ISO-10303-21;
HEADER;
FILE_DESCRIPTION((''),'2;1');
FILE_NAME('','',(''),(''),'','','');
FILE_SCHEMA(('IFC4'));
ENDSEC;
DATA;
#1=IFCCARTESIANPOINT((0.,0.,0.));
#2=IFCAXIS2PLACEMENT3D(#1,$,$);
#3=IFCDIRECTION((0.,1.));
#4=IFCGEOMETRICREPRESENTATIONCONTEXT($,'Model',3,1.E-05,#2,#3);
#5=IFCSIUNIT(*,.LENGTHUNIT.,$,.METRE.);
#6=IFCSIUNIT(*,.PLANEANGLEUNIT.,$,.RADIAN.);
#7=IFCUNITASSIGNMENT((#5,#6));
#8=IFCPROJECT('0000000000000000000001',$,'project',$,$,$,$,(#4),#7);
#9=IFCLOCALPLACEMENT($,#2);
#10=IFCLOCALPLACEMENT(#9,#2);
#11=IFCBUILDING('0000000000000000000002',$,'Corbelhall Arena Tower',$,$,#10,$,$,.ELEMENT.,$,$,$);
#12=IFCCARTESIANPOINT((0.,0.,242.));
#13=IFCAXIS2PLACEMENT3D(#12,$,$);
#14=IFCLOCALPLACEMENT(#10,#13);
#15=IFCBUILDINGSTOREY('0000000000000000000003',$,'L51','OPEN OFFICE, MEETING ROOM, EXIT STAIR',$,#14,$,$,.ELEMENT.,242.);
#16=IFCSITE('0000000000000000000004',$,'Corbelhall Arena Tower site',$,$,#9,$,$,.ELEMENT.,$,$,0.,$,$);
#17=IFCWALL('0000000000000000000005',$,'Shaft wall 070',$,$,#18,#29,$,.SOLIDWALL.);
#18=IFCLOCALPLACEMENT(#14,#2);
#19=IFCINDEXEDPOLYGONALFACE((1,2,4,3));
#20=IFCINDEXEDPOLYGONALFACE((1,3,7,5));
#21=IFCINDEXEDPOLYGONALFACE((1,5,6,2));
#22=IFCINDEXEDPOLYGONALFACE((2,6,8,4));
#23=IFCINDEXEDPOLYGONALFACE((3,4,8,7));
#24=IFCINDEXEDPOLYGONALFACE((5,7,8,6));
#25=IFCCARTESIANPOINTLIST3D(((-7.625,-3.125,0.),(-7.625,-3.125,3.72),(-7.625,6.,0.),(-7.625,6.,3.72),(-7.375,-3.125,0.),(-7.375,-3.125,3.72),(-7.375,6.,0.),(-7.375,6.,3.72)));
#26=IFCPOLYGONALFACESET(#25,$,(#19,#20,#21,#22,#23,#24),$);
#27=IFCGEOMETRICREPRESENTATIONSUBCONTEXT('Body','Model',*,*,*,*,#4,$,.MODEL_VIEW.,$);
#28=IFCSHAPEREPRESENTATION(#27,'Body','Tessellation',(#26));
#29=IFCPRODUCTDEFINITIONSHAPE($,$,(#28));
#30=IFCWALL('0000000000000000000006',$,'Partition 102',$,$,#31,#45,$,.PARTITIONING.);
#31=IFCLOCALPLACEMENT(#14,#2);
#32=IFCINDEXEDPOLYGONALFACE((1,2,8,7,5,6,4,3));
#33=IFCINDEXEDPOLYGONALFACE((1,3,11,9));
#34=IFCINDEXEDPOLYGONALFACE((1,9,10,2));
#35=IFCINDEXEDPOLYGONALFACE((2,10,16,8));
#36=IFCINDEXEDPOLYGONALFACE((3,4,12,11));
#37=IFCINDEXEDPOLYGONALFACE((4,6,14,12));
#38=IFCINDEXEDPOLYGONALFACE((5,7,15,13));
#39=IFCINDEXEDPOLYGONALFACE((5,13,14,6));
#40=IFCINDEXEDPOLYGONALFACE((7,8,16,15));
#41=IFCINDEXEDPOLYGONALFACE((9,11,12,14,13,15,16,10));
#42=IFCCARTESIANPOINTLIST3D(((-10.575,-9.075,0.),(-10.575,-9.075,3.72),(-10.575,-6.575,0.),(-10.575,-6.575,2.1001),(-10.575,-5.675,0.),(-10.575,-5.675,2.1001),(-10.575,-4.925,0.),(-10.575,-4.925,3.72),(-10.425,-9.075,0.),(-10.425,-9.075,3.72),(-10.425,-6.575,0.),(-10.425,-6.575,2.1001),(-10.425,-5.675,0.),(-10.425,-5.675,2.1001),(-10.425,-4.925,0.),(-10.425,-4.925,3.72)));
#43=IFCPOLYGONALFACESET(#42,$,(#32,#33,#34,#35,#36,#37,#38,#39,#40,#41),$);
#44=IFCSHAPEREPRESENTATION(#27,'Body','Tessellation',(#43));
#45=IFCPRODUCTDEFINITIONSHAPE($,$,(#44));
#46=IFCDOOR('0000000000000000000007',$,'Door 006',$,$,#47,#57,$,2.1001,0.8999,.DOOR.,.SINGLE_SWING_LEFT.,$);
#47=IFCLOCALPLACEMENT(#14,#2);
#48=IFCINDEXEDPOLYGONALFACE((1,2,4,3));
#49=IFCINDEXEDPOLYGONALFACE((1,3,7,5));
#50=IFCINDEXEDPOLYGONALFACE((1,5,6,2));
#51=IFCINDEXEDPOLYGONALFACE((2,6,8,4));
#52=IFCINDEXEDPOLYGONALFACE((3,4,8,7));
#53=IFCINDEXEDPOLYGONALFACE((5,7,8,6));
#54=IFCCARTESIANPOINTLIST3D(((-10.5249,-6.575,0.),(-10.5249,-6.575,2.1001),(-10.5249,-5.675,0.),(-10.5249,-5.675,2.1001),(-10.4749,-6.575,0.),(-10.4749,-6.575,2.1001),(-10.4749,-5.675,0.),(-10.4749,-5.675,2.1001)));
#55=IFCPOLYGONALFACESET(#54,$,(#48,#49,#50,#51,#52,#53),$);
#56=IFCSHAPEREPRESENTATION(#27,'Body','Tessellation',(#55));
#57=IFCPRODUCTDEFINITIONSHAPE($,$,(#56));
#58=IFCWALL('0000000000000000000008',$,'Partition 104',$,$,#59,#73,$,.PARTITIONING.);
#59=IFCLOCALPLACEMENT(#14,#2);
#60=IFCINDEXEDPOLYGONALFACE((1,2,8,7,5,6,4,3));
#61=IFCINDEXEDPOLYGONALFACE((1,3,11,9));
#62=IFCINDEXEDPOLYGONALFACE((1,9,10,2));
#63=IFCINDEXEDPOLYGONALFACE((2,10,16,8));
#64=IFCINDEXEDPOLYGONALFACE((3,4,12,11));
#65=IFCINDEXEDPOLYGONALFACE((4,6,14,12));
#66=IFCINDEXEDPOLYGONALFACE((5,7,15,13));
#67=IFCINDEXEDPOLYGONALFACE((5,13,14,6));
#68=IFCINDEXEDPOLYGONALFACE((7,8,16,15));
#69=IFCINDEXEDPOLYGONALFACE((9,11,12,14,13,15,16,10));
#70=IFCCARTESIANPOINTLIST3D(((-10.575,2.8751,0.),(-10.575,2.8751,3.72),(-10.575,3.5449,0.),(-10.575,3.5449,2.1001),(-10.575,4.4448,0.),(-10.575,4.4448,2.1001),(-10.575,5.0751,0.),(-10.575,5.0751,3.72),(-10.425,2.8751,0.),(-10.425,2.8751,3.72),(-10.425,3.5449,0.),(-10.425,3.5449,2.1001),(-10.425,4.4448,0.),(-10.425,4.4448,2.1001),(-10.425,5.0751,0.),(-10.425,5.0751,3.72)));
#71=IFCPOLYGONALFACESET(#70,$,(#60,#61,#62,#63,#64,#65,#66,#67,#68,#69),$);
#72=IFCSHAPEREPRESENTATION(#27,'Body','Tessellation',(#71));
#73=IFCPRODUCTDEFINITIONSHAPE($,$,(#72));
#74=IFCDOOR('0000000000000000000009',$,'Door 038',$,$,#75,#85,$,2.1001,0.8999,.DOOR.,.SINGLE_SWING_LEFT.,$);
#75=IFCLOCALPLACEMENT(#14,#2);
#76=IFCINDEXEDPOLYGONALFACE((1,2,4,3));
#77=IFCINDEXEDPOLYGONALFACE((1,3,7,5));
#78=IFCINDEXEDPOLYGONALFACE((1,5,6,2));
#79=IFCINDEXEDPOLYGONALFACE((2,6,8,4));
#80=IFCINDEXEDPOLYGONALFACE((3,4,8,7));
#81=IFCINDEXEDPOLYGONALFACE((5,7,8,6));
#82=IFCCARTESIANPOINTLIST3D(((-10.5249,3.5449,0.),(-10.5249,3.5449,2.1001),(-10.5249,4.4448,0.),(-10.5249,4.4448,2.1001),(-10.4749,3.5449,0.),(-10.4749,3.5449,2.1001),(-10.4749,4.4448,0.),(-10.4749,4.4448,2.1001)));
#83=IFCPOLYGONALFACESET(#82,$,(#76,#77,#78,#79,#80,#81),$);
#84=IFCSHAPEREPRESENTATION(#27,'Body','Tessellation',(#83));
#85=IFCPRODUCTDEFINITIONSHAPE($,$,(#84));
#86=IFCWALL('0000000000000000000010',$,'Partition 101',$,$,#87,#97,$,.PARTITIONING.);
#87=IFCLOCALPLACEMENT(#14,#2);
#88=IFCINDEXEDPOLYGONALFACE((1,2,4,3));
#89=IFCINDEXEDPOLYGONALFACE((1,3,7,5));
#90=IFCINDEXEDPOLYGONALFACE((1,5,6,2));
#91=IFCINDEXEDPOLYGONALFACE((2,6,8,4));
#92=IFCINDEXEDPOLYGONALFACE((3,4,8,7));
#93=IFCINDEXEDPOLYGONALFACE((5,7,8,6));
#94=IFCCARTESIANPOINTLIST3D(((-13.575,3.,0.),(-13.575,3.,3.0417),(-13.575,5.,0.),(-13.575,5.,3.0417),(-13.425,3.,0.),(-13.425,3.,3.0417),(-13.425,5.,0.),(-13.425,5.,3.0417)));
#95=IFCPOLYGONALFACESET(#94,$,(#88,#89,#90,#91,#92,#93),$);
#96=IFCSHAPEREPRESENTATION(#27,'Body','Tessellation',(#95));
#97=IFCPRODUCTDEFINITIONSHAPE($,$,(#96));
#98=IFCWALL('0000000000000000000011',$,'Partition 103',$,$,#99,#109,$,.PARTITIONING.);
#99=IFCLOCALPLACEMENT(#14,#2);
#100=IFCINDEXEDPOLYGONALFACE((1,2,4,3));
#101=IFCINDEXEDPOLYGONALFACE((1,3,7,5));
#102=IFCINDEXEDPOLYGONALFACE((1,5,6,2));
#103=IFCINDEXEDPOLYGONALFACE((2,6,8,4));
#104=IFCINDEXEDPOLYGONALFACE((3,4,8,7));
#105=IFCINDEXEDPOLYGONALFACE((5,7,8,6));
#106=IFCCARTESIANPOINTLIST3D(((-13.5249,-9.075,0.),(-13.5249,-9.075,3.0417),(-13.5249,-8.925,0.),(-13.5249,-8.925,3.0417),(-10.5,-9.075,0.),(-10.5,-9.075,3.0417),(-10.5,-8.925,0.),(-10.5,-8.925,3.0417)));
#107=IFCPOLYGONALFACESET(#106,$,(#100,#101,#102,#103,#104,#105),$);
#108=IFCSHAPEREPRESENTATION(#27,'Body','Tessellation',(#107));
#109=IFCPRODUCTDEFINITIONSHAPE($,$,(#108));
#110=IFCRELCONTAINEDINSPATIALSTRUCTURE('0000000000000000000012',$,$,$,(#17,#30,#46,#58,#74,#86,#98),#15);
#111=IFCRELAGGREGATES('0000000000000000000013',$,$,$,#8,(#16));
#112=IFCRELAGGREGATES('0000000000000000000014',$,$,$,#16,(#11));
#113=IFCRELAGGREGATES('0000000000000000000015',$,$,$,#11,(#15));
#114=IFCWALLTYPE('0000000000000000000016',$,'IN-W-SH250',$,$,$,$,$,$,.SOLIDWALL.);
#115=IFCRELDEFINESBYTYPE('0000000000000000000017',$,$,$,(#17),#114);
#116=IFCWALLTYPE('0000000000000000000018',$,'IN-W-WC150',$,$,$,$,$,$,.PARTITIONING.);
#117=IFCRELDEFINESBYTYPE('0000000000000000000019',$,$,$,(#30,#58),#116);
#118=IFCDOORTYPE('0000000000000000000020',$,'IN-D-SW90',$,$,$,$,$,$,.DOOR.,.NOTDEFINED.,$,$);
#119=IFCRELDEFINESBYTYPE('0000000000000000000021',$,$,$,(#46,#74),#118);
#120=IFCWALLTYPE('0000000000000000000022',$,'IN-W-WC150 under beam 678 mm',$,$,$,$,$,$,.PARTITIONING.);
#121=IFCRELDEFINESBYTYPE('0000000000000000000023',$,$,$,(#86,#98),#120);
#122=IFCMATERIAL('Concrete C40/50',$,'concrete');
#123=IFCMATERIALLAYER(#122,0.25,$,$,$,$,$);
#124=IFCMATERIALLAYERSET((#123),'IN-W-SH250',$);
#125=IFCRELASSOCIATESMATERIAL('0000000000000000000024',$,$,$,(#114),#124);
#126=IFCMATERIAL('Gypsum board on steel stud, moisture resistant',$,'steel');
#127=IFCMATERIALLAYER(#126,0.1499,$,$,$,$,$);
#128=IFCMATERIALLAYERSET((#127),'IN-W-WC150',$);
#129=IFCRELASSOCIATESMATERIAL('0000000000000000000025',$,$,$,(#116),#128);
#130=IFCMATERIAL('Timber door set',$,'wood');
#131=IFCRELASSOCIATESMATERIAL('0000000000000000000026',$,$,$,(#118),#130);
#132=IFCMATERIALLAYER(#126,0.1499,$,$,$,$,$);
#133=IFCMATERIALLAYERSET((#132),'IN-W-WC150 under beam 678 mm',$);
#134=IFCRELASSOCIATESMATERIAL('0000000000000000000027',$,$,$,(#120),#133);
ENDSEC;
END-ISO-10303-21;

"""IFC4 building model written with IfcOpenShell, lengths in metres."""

from ifc_helpers import new_model, si_unit, direction, frame, frame_2d, origin, place, context, subcontext, project, spatial, rectangle, extrude, material, layer, layer_set, type_object, element, fill, save


model = new_model("IFC4")

# Units and contexts
model_context = context("Model", 3, precision=1e-05, world=origin(), true_north=direction((0.0, 1.0)))
body_context = subcontext(model_context, "Body", "Model", "MODEL_VIEW")
ifc_project = project(units=[si_unit("LENGTHUNIT", "METRE"), si_unit("PLANEANGLEUNIT", "RADIAN")], contexts=[model_context])

# Site, building, storey
site_placement = place(None, origin())
site = spatial("IfcSite", under=ifc_project, at=site_placement, Name="Corbelhall Arena Tower site", CompositionType="ELEMENT", RefElevation=0.0)
building_placement = place(site_placement, origin())
building = spatial("IfcBuilding", under=site, at=building_placement, Name="Corbelhall Arena Tower", CompositionType="ELEMENT")
storey_placement = place(building_placement, frame((0.0, 0.0, 242.0)))
storey = spatial("IfcBuildingStorey", under=building, at=storey_placement, Name="L51", Description="OPEN OFFICE, MEETING ROOM, EXIT STAIR", CompositionType="ELEMENT", Elevation=242.0)

# Shared definitions
ifc_material_1 = material(Name="Concrete C40/50", Category="concrete")
ifc_layer_1 = layer(ifc_material_1, 0.25)
ifc_layer_set_1 = layer_set([ifc_layer_1], Name="IN-W-SH250")
wall_type_1 = type_object("IfcWallType", Name="IN-W-SH250", PredefinedType="SOLIDWALL", material=ifc_layer_set_1)

# Wall
wall_1_placement = place(storey_placement, frame((-7.5, -3.125, 0.0), z_axis=(0.0, 0.0, 1.0), x_axis=(0.0, 1.0, 0.0)))
element("IfcWall", 1, at=wall_1_placement, inside=storey, type_object=wall_type_1, Name="Shaft wall 070", PredefinedType="SOLIDWALL", context=body_context, shape_type="SweptSolid", body=[
    extrude(rectangle(XDim=9.125, YDim=0.25, at=frame_2d((4.5625, 0.0))), origin(), (0.0, 0.0, 1.0), 3.72),
])

# Walls, openings, doors
ifc_material_2 = material(Name="Gypsum board on steel stud, moisture resistant", Category="steel")
ifc_layer_2 = layer(ifc_material_2, 0.1499)
ifc_layer_set_2 = layer_set([ifc_layer_2], Name="IN-W-WC150")
wall_type_2 = type_object("IfcWallType", Name="IN-W-WC150", PredefinedType="PARTITIONING", material=ifc_layer_set_2)
wall_2_placement = place(storey_placement, frame((-10.5, -9.075, 0.0), z_axis=(0.0, 0.0, 1.0), x_axis=(0.0, 1.0, 0.0)))
wall_2 = element("IfcWall", 2, at=wall_2_placement, inside=storey, type_object=wall_type_2, Name="Partition 102", PredefinedType="PARTITIONING", context=body_context, shape_type="SweptSolid", body=[
    extrude(rectangle(XDim=4.1499, YDim=0.1499, at=frame_2d((2.075, 0.0))), origin(), (0.0, 0.0, 1.0), 3.72),
])
opening_1_placement = place(wall_2_placement, frame((2.5, 0.0, 0.0)))
opening_1 = element("IfcOpeningElement", 3, at=opening_1_placement, cuts=wall_2, PredefinedType="OPENING", context=body_context, shape_type="SweptSolid", body=[
    extrude(rectangle(XDim=0.8999, YDim=2.1001, at=frame_2d((0.45, 1.05))), frame((0.0, 0.075, 0.0), z_axis=(0.0, -1.0, 0.0), x_axis=(1.0, 0.0, 0.0)), (0.0, 0.0, 1.0), 0.1499),
])
ifc_material_3 = material(Name="Timber door set", Category="wood")
door_type_1 = type_object("IfcDoorType", Name="IN-D-SW90", OperationType="NOTDEFINED", PredefinedType="DOOR", material=ifc_material_3)
door_1_placement = place(opening_1_placement, origin())
door_1 = element("IfcDoor", 4, at=door_1_placement, inside=storey, type_object=door_type_1, Name="Door 006", OperationType="SINGLE_SWING_LEFT", OverallHeight=2.1001, OverallWidth=0.8999, PredefinedType="DOOR", context=body_context, shape_type="SweptSolid", body=[
    extrude(rectangle(XDim=0.8999, YDim=2.1001, at=frame_2d((0.45, 1.05))), frame((0.0, 0.0249, 0.0), z_axis=(0.0, -1.0, 0.0), x_axis=(1.0, 0.0, 0.0)), (0.0, 0.0, 1.0), 0.05),
])
fill(opening_1, door_1)
wall_3_placement = place(storey_placement, frame((-10.5, 2.875, 0.0), z_axis=(0.0, 0.0, 1.0), x_axis=(0.0, 1.0, 0.0)))
wall_3 = element("IfcWall", 5, at=wall_3_placement, inside=storey, type_object=wall_type_2, Name="Partition 104", PredefinedType="PARTITIONING", context=body_context, shape_type="SweptSolid", body=[
    extrude(rectangle(XDim=2.2, YDim=0.1499, at=frame_2d((1.1001, 0.0))), origin(), (0.0, 0.0, 1.0), 3.72),
])
opening_2_placement = place(wall_3_placement, frame((0.6699, 0.0, 0.0)))
opening_2 = element("IfcOpeningElement", 6, at=opening_2_placement, cuts=wall_3, PredefinedType="OPENING", context=body_context, shape_type="SweptSolid", body=[
    extrude(rectangle(XDim=0.8999, YDim=2.1001, at=frame_2d((0.45, 1.05))), frame((0.0, 0.075, 0.0), z_axis=(0.0, -1.0, 0.0), x_axis=(1.0, 0.0, 0.0)), (0.0, 0.0, 1.0), 0.1499),
])
door_2_placement = place(opening_2_placement, origin())
door_2 = element("IfcDoor", 7, at=door_2_placement, inside=storey, type_object=door_type_1, Name="Door 038", OperationType="SINGLE_SWING_LEFT", OverallHeight=2.1001, OverallWidth=0.8999, PredefinedType="DOOR", context=body_context, shape_type="SweptSolid", body=[
    extrude(rectangle(XDim=0.8999, YDim=2.1001, at=frame_2d((0.45, 1.05))), frame((0.0, 0.0249, 0.0), z_axis=(0.0, -1.0, 0.0), x_axis=(1.0, 0.0, 0.0)), (0.0, 0.0, 1.0), 0.05),
])
fill(opening_2, door_2)

# Walls
ifc_layer_3 = layer(ifc_material_2, 0.1499)
ifc_layer_set_3 = layer_set([ifc_layer_3], Name="IN-W-WC150 under beam 678 mm")
wall_type_3 = type_object("IfcWallType", Name="IN-W-WC150 under beam 678 mm", PredefinedType="PARTITIONING", material=ifc_layer_set_3)
wall_4_placement = place(storey_placement, frame((-13.5, 3.0, 0.0), z_axis=(0.0, 0.0, 1.0), x_axis=(0.0, 1.0, 0.0)))
element("IfcWall", 8, at=wall_4_placement, inside=storey, type_object=wall_type_3, Name="Partition 101", PredefinedType="PARTITIONING", context=body_context, shape_type="SweptSolid", body=[
    extrude(rectangle(XDim=2.0, YDim=0.1499, at=frame_2d((1.0, 0.0))), origin(), (0.0, 0.0, 1.0), 3.0417),
])
wall_5_placement = place(storey_placement, frame((-10.5, -9.0, 0.0), z_axis=(0.0, 0.0, 1.0), x_axis=(-1.0, 0.0, 0.0)))
element("IfcWall", 9, at=wall_5_placement, inside=storey, type_object=wall_type_3, Name="Partition 103", PredefinedType="PARTITIONING", context=body_context, shape_type="SweptSolid", body=[
    extrude(rectangle(XDim=3.0249, YDim=0.1499, at=frame_2d((1.5125, 0.0))), origin(), (0.0, 0.0, 1.0), 3.0417),
])

save(model, "model.ifc")
